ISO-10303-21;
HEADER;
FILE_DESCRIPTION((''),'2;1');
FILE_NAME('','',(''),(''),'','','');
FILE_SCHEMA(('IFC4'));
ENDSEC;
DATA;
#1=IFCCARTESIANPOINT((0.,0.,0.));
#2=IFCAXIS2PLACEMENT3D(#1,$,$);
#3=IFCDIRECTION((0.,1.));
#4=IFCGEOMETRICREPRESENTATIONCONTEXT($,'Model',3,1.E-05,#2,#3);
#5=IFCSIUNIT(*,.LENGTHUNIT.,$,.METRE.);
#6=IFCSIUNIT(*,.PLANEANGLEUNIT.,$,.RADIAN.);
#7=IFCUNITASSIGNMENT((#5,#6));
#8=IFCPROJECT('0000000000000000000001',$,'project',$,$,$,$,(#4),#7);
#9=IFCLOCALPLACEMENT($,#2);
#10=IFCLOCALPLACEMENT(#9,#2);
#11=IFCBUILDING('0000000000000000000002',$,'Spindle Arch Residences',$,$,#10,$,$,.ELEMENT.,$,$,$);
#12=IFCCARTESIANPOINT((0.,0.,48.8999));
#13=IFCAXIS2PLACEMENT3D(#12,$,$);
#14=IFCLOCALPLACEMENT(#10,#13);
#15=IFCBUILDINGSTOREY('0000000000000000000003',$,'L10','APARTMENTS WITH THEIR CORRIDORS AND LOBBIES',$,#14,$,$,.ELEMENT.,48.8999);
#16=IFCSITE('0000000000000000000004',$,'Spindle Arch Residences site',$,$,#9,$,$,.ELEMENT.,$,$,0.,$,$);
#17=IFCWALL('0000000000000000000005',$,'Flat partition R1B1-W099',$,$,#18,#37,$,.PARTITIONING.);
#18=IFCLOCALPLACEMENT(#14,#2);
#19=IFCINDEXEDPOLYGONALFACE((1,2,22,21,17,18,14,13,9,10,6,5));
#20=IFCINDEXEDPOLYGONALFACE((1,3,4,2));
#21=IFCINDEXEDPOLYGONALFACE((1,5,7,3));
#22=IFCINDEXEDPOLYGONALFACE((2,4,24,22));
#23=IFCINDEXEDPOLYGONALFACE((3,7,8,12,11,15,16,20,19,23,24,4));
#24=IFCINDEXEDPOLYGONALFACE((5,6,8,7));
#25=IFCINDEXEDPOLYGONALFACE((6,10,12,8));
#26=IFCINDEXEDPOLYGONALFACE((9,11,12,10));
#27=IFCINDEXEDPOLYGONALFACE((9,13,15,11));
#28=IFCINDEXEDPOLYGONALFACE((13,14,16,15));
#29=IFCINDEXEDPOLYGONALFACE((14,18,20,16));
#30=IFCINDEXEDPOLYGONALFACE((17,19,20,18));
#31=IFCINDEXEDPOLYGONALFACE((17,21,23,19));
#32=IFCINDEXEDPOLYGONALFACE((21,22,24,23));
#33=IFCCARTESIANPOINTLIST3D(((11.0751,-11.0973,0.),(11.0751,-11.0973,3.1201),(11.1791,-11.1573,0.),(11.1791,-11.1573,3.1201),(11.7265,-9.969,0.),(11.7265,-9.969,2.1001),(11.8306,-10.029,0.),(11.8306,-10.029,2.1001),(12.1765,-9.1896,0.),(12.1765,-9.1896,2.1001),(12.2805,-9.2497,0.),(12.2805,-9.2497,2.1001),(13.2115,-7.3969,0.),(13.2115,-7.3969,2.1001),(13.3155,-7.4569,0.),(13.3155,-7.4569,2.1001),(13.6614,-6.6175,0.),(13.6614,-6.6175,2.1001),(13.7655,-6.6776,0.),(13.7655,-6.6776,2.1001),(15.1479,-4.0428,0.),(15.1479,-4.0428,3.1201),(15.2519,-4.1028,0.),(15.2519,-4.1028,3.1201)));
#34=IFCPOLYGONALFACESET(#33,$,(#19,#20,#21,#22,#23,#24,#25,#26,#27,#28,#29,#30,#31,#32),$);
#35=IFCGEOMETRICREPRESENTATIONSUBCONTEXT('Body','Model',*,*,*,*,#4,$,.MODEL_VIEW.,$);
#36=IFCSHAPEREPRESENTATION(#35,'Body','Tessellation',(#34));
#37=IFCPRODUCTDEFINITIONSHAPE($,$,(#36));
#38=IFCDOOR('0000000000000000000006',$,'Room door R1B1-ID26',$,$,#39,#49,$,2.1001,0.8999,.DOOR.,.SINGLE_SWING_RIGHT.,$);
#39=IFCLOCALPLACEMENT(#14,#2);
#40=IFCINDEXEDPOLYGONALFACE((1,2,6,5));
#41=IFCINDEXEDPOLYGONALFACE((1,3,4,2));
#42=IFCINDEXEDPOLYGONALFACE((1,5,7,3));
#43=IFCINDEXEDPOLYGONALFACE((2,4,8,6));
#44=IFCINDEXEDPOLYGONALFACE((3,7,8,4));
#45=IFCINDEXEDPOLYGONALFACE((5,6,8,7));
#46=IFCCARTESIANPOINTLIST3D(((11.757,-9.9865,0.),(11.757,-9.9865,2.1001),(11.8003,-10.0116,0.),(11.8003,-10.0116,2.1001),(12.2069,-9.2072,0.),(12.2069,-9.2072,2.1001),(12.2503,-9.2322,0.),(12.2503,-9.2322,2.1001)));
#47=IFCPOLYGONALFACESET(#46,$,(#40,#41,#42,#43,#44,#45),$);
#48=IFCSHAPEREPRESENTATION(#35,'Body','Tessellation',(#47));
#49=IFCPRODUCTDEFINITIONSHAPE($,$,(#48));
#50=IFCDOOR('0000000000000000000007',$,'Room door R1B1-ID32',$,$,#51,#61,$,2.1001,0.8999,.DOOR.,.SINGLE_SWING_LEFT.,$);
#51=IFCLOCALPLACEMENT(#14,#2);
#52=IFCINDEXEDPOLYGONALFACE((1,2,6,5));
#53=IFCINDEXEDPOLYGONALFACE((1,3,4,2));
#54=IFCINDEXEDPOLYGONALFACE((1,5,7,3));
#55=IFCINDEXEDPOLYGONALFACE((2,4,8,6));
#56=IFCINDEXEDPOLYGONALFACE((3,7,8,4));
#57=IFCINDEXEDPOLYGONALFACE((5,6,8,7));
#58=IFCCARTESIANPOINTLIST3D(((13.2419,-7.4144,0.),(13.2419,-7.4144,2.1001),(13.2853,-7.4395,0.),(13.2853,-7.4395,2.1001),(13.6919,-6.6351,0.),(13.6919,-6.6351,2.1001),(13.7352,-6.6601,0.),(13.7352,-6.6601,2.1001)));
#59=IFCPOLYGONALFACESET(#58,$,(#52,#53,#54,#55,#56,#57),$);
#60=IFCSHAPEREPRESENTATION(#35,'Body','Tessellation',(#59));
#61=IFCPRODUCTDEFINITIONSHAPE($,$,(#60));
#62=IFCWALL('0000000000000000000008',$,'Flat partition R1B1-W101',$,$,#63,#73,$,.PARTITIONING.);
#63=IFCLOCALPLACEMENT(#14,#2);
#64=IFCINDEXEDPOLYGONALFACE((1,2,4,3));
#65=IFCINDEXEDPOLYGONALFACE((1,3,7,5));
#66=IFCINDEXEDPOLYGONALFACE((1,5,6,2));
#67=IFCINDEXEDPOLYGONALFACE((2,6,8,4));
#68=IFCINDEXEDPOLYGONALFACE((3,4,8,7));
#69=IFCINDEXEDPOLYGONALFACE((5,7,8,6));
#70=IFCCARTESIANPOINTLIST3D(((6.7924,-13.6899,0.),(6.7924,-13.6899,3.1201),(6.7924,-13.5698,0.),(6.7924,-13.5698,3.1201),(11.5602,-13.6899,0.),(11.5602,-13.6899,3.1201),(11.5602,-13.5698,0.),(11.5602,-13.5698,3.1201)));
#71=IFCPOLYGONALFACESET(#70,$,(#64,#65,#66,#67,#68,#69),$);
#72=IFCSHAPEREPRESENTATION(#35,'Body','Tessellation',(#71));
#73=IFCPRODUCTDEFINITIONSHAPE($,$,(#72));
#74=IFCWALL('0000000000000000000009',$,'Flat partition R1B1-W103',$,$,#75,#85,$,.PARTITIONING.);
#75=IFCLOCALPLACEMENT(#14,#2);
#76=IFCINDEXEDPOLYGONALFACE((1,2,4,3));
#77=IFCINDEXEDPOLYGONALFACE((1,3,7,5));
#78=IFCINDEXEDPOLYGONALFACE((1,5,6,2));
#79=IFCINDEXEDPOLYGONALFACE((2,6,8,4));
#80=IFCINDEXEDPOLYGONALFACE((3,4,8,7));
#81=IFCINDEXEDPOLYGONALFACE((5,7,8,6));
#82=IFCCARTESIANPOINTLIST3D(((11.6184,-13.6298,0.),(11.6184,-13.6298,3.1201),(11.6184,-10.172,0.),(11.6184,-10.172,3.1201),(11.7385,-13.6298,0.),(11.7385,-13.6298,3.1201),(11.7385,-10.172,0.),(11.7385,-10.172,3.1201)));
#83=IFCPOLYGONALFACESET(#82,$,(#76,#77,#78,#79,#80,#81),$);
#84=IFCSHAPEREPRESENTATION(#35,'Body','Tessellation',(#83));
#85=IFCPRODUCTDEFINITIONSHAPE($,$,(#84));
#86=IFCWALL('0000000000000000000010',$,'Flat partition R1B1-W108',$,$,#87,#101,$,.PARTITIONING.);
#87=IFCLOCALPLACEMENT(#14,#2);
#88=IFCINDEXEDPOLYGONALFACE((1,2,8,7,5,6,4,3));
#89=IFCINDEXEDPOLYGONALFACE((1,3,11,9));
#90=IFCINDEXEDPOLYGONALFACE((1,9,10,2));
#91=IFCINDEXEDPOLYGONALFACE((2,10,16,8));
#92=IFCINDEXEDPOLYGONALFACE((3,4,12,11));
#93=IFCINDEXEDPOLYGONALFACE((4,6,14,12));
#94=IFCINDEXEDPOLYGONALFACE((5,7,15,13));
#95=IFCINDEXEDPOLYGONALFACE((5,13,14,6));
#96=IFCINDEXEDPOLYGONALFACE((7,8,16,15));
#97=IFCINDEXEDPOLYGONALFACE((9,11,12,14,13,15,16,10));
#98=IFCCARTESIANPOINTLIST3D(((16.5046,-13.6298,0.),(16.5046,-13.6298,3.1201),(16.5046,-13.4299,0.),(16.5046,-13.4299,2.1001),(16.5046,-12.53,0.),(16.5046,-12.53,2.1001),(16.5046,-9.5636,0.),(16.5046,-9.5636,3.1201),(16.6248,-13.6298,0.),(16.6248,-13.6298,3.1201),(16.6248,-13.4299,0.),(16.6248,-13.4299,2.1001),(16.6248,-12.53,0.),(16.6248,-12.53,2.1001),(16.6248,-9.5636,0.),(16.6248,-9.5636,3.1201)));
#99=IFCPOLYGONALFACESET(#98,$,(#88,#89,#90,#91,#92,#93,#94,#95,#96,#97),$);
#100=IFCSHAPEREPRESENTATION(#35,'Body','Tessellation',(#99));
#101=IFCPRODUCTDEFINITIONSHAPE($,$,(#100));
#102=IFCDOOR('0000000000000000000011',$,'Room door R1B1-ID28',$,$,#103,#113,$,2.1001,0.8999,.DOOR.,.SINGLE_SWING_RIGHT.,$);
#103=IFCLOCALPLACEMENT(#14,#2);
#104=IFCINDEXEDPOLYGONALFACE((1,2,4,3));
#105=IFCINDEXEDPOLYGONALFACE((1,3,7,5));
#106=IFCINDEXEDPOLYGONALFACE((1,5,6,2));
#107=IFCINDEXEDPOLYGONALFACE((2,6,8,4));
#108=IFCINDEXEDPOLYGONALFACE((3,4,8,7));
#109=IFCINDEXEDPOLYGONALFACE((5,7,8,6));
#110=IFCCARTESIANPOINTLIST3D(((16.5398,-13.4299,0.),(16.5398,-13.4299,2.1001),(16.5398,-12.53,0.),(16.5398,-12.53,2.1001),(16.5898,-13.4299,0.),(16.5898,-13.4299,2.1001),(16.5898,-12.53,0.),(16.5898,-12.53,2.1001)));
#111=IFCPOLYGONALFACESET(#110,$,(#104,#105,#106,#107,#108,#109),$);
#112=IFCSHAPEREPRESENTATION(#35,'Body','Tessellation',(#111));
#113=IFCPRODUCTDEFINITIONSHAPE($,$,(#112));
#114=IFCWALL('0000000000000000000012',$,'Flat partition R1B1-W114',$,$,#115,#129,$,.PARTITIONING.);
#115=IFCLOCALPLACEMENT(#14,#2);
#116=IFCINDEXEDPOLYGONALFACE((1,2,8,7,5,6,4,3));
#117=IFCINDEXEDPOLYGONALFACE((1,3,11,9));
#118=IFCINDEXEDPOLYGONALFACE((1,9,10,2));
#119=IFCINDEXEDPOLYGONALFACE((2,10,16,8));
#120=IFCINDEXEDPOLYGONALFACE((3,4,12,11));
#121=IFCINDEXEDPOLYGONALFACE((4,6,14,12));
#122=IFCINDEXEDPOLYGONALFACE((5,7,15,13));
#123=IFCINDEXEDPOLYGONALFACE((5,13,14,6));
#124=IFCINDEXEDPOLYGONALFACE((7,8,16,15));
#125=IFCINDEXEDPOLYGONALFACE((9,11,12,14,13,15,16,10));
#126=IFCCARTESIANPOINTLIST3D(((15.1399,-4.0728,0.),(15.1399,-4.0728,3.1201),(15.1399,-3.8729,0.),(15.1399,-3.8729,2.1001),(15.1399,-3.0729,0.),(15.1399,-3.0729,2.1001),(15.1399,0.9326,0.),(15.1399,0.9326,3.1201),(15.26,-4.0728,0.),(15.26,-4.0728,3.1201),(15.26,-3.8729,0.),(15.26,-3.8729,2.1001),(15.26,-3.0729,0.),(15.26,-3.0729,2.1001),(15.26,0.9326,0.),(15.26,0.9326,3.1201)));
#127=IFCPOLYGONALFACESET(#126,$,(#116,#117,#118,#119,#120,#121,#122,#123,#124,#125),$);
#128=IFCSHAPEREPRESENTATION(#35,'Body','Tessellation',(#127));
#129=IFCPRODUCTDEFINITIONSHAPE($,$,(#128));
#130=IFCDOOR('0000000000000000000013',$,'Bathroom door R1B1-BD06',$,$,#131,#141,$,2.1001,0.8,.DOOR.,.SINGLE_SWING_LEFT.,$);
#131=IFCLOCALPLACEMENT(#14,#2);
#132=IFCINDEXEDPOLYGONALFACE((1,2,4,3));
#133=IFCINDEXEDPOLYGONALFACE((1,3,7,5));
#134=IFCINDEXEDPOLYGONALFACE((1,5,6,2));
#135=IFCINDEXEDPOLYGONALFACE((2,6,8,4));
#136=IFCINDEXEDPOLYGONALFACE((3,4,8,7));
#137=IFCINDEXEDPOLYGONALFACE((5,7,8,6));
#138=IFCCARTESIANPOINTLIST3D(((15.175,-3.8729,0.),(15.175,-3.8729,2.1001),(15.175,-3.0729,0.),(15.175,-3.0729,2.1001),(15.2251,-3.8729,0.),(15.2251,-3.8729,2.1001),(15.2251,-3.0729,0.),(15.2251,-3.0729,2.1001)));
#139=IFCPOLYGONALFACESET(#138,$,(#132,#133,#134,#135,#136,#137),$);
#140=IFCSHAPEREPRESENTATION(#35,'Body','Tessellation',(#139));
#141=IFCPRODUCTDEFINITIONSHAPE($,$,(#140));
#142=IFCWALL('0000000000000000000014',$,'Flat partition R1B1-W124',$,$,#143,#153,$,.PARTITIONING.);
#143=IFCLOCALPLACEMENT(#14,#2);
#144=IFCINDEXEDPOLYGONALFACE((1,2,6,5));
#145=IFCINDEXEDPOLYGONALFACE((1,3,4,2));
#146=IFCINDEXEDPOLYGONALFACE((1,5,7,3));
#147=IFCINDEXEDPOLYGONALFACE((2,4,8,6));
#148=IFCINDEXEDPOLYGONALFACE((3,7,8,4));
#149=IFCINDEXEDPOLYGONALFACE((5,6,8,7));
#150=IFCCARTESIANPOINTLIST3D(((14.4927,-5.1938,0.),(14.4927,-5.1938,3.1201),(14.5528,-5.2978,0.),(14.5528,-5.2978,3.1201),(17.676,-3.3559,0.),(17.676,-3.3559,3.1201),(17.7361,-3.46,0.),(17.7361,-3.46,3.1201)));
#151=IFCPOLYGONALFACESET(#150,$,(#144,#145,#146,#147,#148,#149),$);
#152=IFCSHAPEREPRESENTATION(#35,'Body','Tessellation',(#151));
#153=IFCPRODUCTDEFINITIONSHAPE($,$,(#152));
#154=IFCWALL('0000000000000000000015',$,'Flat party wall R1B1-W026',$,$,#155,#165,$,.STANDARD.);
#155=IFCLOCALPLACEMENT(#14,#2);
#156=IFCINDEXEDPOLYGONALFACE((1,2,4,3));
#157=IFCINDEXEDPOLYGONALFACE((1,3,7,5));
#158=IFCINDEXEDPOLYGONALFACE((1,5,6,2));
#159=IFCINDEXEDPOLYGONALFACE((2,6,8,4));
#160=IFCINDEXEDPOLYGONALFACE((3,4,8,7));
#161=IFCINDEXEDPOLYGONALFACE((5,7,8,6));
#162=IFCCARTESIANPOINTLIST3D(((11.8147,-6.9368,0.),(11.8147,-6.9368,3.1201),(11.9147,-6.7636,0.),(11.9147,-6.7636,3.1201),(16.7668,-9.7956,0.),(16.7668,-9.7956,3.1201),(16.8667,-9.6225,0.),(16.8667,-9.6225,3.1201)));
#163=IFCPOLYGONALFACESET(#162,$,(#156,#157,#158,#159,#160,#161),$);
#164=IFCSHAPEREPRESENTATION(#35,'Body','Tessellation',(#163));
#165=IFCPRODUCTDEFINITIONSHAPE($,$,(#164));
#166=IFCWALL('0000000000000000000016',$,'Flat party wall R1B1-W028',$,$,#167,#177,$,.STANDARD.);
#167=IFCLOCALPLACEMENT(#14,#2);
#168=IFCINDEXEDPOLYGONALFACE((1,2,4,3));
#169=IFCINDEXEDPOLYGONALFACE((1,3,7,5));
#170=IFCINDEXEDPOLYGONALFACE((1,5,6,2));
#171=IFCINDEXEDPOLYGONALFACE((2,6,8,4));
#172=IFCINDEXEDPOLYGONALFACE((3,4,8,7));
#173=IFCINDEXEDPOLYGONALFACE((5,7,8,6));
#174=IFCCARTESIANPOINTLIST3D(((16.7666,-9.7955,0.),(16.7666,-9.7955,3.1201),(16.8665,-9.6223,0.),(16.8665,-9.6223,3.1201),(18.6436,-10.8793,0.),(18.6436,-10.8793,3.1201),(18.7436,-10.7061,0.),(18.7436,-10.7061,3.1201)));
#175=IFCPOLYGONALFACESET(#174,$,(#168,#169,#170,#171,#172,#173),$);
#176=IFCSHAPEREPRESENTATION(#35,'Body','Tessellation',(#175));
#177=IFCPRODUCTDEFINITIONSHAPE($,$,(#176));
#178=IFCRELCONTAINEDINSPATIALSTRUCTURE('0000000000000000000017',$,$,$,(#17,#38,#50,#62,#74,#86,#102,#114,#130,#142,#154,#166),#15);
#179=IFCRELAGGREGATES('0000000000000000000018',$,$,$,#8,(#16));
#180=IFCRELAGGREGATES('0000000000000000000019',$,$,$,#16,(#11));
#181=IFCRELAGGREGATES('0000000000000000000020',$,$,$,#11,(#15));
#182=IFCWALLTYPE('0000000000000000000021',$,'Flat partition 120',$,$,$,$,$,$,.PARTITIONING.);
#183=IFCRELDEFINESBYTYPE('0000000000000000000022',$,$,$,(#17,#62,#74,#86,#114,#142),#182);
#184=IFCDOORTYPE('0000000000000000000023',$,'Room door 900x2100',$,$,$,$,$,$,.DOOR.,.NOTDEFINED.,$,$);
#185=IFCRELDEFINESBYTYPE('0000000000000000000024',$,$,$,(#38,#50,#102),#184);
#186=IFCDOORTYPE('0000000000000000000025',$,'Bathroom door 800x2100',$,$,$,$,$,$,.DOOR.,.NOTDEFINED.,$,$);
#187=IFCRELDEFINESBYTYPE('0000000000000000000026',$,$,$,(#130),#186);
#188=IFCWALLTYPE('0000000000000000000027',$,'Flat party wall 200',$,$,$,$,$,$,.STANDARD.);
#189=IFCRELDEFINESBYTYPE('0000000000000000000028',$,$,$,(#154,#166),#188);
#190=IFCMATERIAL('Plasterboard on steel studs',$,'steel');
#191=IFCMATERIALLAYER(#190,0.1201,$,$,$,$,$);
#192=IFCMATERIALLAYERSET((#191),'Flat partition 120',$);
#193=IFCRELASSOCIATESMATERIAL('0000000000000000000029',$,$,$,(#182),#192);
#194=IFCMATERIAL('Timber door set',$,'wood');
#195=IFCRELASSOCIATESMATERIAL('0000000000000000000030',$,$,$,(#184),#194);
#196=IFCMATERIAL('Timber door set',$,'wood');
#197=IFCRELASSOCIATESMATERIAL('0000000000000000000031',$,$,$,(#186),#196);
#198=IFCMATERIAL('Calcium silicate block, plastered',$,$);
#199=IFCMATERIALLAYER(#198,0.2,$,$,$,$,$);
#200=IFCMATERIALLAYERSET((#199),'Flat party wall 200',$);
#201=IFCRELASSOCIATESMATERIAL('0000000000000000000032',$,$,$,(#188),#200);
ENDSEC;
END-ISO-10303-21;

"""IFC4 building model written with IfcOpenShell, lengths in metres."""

from ifc_helpers import new_model, si_unit, direction, frame, frame_2d, origin, place, context, subcontext, project, spatial, rectangle, extrude, material, layer, layer_set, type_object, element, fill, save


model = new_model("IFC4")

# Units and contexts
model_context = context("Model", 3, precision=1e-05, world=origin(), true_north=direction((0.0, 1.0)))
body_context = subcontext(model_context, "Body", "Model", "MODEL_VIEW")
ifc_project = project(units=[si_unit("LENGTHUNIT", "METRE"), si_unit("PLANEANGLEUNIT", "RADIAN")], contexts=[model_context])

# Site, building, storey
site_placement = place(None, origin())
site = spatial("IfcSite", under=ifc_project, at=site_placement, Name="Spindle Arch Residences site", CompositionType="ELEMENT", RefElevation=0.0)
building_placement = place(site_placement, origin())
building = spatial("IfcBuilding", under=site, at=building_placement, Name="Spindle Arch Residences", CompositionType="ELEMENT")
storey_placement = place(building_placement, frame((0.0, 0.0, 48.8999)))
storey = spatial("IfcBuildingStorey", under=building, at=storey_placement, Name="L10", Description="APARTMENTS WITH THEIR CORRIDORS AND LOBBIES", CompositionType="ELEMENT", Elevation=48.8999)

# Wall, openings, doors
ifc_material_1 = material(Name="Plasterboard on steel studs", Category="steel")
ifc_layer_1 = layer(ifc_material_1, 0.1201)
ifc_layer_set_1 = layer_set([ifc_layer_1], Name="Flat partition 120")
wall_type_1 = type_object("IfcWallType", Name="Flat partition 120", PredefinedType="PARTITIONING", material=ifc_layer_set_1)
wall_1_placement = place(storey_placement, frame((11.1272, -11.1272, 0.0), z_axis=(0.0, 0.0, 1.0), x_axis=(0.499988, 0.866032, 0.0)))
wall_1 = element("IfcWall", 1, at=wall_1_placement, inside=storey, type_object=wall_type_1, Name="Flat partition R1B1-W099", PredefinedType="PARTITIONING", context=body_context, shape_type="SweptSolid", body=[
    extrude(rectangle(XDim=8.1458, YDim=0.1201, at=frame_2d((4.0728, 0.0))), origin(), (0.0, 0.0, 1.0), 3.1201),
])
opening_1_placement = place(wall_1_placement, frame((1.3027, 0.0, 0.0)))
opening_1 = element("IfcOpeningElement", 2, at=opening_1_placement, cuts=wall_1, PredefinedType="OPENING", context=body_context, shape_type="SweptSolid", body=[
    extrude(rectangle(XDim=0.8999, YDim=2.1001, at=frame_2d((0.45, 1.05))), frame((0.0, 0.0701, 0.0), z_axis=(0.0, -1.0, 0.0), x_axis=(1.0, 0.0, 0.0)), (0.0, 0.0, 1.0), 0.1401),
])
opening_2_placement = place(wall_1_placement, frame((4.2727, 0.0, 0.0)))
opening_2 = element("IfcOpeningElement", 3, at=opening_2_placement, cuts=wall_1, PredefinedType="OPENING", context=body_context, shape_type="SweptSolid", body=[
    extrude(rectangle(XDim=0.8999, YDim=2.1001, at=frame_2d((0.45, 1.05))), frame((0.0, 0.0701, 0.0), z_axis=(0.0, -1.0, 0.0), x_axis=(1.0, 0.0, 0.0)), (0.0, 0.0, 1.0), 0.1401),
])
ifc_material_2 = material(Name="Timber door set", Category="wood")
door_type_1 = type_object("IfcDoorType", Name="Room door 900x2100", OperationType="NOTDEFINED", PredefinedType="DOOR", material=ifc_material_2)
door_1_placement = place(opening_1_placement, origin())
door_1 = element("IfcDoor", 4, at=door_1_placement, inside=storey, type_object=door_type_1, Name="Room door R1B1-ID26", OperationType="SINGLE_SWING_RIGHT", OverallHeight=2.1001, OverallWidth=0.8999, PredefinedType="DOOR", context=body_context, shape_type="SweptSolid", body=[
    extrude(rectangle(XDim=0.8999, YDim=2.1001, at=frame_2d((0.45, 1.05))), frame((0.0, 0.0249, 0.0), z_axis=(0.0, -1.0, 0.0), x_axis=(1.0, 0.0, 0.0)), (0.0, 0.0, 1.0), 0.05),
])
fill(opening_1, door_1)
door_2_placement = place(opening_2_placement, origin())
door_2 = element("IfcDoor", 5, at=door_2_placement, inside=storey, type_object=door_type_1, Name="Room door R1B1-ID32", OperationType="SINGLE_SWING_LEFT", OverallHeight=2.1001, OverallWidth=0.8999, PredefinedType="DOOR", context=body_context, shape_type="SweptSolid", body=[
    extrude(rectangle(XDim=0.8999, YDim=2.1001, at=frame_2d((0.45, 1.05))), frame((0.0, 0.0249, 0.0), z_axis=(0.0, -1.0, 0.0), x_axis=(1.0, 0.0, 0.0)), (0.0, 0.0, 1.0), 0.05),
])
fill(opening_2, door_2)

# Walls
wall_2_placement = place(storey_placement, frame((11.5601, -13.6299, 0.0), z_axis=(0.0, 0.0, 1.0), x_axis=(-1.0, 0.0, 0.0)))
element("IfcWall", 6, at=wall_2_placement, inside=storey, type_object=wall_type_1, Name="Flat partition R1B1-W101", PredefinedType="PARTITIONING", context=body_context, shape_type="SweptSolid", body=[
    extrude(rectangle(XDim=4.7678, YDim=0.1201, at=frame_2d((2.3838, 0.0))), origin(), (0.0, 0.0, 1.0), 3.1201),
])
wall_3_placement = place(storey_placement, frame((11.6785, -13.6299, 0.0), z_axis=(0.0, 0.0, 1.0), x_axis=(0.0, 1.0, 0.0)))
element("IfcWall", 7, at=wall_3_placement, inside=storey, type_object=wall_type_1, Name="Flat partition R1B1-W103", PredefinedType="PARTITIONING", context=body_context, shape_type="SweptSolid", body=[
    extrude(rectangle(XDim=3.4578, YDim=0.1201, at=frame_2d((1.729, 0.0))), origin(), (0.0, 0.0, 1.0), 3.1201),
])

# Walls, openings, doors
wall_4_placement = place(storey_placement, frame((16.5647, -13.6299, 0.0), z_axis=(0.0, 0.0, 1.0), x_axis=(0.0, 1.0, 0.0)))
wall_4 = element("IfcWall", 8, at=wall_4_placement, inside=storey, type_object=wall_type_1, Name="Flat partition R1B1-W108", PredefinedType="PARTITIONING", context=body_context, shape_type="SweptSolid", body=[
    extrude(rectangle(XDim=4.0662, YDim=0.1201, at=frame_2d((2.0332, 0.0))), origin(), (0.0, 0.0, 1.0), 3.1201),
])
opening_3_placement = place(wall_4_placement, frame((0.2, 0.0, 0.0)))
opening_3 = element("IfcOpeningElement", 9, at=opening_3_placement, cuts=wall_4, PredefinedType="OPENING", context=body_context, shape_type="SweptSolid", body=[
    extrude(rectangle(XDim=0.8999, YDim=2.1001, at=frame_2d((0.45, 1.05))), frame((0.0, 0.0701, 0.0), z_axis=(0.0, -1.0, 0.0), x_axis=(1.0, 0.0, 0.0)), (0.0, 0.0, 1.0), 0.1401),
])
door_3_placement = place(opening_3_placement, origin())
door_3 = element("IfcDoor", 10, at=door_3_placement, inside=storey, type_object=door_type_1, Name="Room door R1B1-ID28", OperationType="SINGLE_SWING_RIGHT", OverallHeight=2.1001, OverallWidth=0.8999, PredefinedType="DOOR", context=body_context, shape_type="SweptSolid", body=[
    extrude(rectangle(XDim=0.8999, YDim=2.1001, at=frame_2d((0.45, 1.05))), frame((0.0, 0.0249, 0.0), z_axis=(0.0, -1.0, 0.0), x_axis=(1.0, 0.0, 0.0)), (0.0, 0.0, 1.0), 0.05),
])
fill(opening_3, door_3)
wall_5_placement = place(storey_placement, frame((15.2, -4.0728, 0.0), z_axis=(0.0, 0.0, 1.0), x_axis=(0.0, 1.0, 0.0)))
wall_5 = element("IfcWall", 11, at=wall_5_placement, inside=storey, type_object=wall_type_1, Name="Flat partition R1B1-W114", PredefinedType="PARTITIONING", context=body_context, shape_type="SweptSolid", body=[
    extrude(rectangle(XDim=5.0054, YDim=0.1201, at=frame_2d((2.5027, 0.0))), origin(), (0.0, 0.0, 1.0), 3.1201),
])
opening_4_placement = place(wall_5_placement, frame((0.2, 0.0, 0.0)))
opening_4 = element("IfcOpeningElement", 12, at=opening_4_placement, cuts=wall_5, PredefinedType="OPENING", context=body_context, shape_type="SweptSolid", body=[
    extrude(rectangle(XDim=0.8, YDim=2.1001, at=frame_2d((0.3999, 1.05))), frame((0.0, 0.0701, 0.0), z_axis=(0.0, -1.0, 0.0), x_axis=(1.0, 0.0, 0.0)), (0.0, 0.0, 1.0), 0.1401),
])
ifc_material_3 = material(Name="Timber door set", Category="wood")
door_type_2 = type_object("IfcDoorType", Name="Bathroom door 800x2100", OperationType="NOTDEFINED", PredefinedType="DOOR", material=ifc_material_3)
door_4_placement = place(opening_4_placement, origin())
door_4 = element("IfcDoor", 13, at=door_4_placement, inside=storey, type_object=door_type_2, Name="Bathroom door R1B1-BD06", OperationType="SINGLE_SWING_LEFT", OverallHeight=2.1001, OverallWidth=0.8, PredefinedType="DOOR", context=body_context, shape_type="SweptSolid", body=[
    extrude(rectangle(XDim=0.8, YDim=2.1001, at=frame_2d((0.3999, 1.05))), frame((0.0, 0.0249, 0.0), z_axis=(0.0, -1.0, 0.0), x_axis=(1.0, 0.0, 0.0)), (0.0, 0.0, 1.0), 0.05),
])
fill(opening_4, door_4)

# Walls
wall_6_placement = place(storey_placement, frame((17.7061, -3.408, 0.0), z_axis=(0.0, 0.0, 1.0), x_axis=(-0.866027, -0.499997, 0.0)))
element("IfcWall", 14, at=wall_6_placement, inside=storey, type_object=wall_type_1, Name="Flat partition R1B1-W124", PredefinedType="PARTITIONING", context=body_context, shape_type="SweptSolid", body=[
    extrude(rectangle(XDim=3.6758, YDim=0.1201, at=frame_2d((1.8379, 0.0))), origin(), (0.0, 0.0, 1.0), 3.1201),
])
ifc_material_4 = material(Name="Calcium silicate block, plastered")
ifc_layer_2 = layer(ifc_material_4, 0.2)
ifc_layer_set_2 = layer_set([ifc_layer_2], Name="Flat party wall 200")
wall_type_2 = type_object("IfcWallType", Name="Flat party wall 200", PredefinedType="STANDARD", material=ifc_layer_set_2)
wall_7_placement = place(storey_placement, frame((16.8167, -9.709, 0.0), z_axis=(0.0, 0.0, 1.0), x_axis=(-0.866043, 0.499969, 0.0)))
element("IfcWall", 15, at=wall_7_placement, inside=storey, type_object=wall_type_2, Name="Flat party wall R1B1-W026", PredefinedType="STANDARD", context=body_context, shape_type="SweptSolid", body=[
    extrude(rectangle(XDim=5.718, YDim=0.2, at=frame_2d((2.8589, 0.0))), origin(), (0.0, 0.0, 1.0), 3.1201),
])
wall_8_placement = place(storey_placement, frame((18.6936, -10.7927, 0.0), z_axis=(0.0, 0.0, 1.0), x_axis=(-0.866009, 0.500028, 0.0)))
element("IfcWall", 16, at=wall_8_placement, inside=storey, type_object=wall_type_2, Name="Flat party wall R1B1-W028", PredefinedType="STANDARD", context=body_context, shape_type="SweptSolid", body=[
    extrude(rectangle(XDim=2.1675, YDim=0.2, at=frame_2d((1.0837, 0.0))), origin(), (0.0, 0.0, 1.0), 3.1201),
])

save(model, "model.ifc")
